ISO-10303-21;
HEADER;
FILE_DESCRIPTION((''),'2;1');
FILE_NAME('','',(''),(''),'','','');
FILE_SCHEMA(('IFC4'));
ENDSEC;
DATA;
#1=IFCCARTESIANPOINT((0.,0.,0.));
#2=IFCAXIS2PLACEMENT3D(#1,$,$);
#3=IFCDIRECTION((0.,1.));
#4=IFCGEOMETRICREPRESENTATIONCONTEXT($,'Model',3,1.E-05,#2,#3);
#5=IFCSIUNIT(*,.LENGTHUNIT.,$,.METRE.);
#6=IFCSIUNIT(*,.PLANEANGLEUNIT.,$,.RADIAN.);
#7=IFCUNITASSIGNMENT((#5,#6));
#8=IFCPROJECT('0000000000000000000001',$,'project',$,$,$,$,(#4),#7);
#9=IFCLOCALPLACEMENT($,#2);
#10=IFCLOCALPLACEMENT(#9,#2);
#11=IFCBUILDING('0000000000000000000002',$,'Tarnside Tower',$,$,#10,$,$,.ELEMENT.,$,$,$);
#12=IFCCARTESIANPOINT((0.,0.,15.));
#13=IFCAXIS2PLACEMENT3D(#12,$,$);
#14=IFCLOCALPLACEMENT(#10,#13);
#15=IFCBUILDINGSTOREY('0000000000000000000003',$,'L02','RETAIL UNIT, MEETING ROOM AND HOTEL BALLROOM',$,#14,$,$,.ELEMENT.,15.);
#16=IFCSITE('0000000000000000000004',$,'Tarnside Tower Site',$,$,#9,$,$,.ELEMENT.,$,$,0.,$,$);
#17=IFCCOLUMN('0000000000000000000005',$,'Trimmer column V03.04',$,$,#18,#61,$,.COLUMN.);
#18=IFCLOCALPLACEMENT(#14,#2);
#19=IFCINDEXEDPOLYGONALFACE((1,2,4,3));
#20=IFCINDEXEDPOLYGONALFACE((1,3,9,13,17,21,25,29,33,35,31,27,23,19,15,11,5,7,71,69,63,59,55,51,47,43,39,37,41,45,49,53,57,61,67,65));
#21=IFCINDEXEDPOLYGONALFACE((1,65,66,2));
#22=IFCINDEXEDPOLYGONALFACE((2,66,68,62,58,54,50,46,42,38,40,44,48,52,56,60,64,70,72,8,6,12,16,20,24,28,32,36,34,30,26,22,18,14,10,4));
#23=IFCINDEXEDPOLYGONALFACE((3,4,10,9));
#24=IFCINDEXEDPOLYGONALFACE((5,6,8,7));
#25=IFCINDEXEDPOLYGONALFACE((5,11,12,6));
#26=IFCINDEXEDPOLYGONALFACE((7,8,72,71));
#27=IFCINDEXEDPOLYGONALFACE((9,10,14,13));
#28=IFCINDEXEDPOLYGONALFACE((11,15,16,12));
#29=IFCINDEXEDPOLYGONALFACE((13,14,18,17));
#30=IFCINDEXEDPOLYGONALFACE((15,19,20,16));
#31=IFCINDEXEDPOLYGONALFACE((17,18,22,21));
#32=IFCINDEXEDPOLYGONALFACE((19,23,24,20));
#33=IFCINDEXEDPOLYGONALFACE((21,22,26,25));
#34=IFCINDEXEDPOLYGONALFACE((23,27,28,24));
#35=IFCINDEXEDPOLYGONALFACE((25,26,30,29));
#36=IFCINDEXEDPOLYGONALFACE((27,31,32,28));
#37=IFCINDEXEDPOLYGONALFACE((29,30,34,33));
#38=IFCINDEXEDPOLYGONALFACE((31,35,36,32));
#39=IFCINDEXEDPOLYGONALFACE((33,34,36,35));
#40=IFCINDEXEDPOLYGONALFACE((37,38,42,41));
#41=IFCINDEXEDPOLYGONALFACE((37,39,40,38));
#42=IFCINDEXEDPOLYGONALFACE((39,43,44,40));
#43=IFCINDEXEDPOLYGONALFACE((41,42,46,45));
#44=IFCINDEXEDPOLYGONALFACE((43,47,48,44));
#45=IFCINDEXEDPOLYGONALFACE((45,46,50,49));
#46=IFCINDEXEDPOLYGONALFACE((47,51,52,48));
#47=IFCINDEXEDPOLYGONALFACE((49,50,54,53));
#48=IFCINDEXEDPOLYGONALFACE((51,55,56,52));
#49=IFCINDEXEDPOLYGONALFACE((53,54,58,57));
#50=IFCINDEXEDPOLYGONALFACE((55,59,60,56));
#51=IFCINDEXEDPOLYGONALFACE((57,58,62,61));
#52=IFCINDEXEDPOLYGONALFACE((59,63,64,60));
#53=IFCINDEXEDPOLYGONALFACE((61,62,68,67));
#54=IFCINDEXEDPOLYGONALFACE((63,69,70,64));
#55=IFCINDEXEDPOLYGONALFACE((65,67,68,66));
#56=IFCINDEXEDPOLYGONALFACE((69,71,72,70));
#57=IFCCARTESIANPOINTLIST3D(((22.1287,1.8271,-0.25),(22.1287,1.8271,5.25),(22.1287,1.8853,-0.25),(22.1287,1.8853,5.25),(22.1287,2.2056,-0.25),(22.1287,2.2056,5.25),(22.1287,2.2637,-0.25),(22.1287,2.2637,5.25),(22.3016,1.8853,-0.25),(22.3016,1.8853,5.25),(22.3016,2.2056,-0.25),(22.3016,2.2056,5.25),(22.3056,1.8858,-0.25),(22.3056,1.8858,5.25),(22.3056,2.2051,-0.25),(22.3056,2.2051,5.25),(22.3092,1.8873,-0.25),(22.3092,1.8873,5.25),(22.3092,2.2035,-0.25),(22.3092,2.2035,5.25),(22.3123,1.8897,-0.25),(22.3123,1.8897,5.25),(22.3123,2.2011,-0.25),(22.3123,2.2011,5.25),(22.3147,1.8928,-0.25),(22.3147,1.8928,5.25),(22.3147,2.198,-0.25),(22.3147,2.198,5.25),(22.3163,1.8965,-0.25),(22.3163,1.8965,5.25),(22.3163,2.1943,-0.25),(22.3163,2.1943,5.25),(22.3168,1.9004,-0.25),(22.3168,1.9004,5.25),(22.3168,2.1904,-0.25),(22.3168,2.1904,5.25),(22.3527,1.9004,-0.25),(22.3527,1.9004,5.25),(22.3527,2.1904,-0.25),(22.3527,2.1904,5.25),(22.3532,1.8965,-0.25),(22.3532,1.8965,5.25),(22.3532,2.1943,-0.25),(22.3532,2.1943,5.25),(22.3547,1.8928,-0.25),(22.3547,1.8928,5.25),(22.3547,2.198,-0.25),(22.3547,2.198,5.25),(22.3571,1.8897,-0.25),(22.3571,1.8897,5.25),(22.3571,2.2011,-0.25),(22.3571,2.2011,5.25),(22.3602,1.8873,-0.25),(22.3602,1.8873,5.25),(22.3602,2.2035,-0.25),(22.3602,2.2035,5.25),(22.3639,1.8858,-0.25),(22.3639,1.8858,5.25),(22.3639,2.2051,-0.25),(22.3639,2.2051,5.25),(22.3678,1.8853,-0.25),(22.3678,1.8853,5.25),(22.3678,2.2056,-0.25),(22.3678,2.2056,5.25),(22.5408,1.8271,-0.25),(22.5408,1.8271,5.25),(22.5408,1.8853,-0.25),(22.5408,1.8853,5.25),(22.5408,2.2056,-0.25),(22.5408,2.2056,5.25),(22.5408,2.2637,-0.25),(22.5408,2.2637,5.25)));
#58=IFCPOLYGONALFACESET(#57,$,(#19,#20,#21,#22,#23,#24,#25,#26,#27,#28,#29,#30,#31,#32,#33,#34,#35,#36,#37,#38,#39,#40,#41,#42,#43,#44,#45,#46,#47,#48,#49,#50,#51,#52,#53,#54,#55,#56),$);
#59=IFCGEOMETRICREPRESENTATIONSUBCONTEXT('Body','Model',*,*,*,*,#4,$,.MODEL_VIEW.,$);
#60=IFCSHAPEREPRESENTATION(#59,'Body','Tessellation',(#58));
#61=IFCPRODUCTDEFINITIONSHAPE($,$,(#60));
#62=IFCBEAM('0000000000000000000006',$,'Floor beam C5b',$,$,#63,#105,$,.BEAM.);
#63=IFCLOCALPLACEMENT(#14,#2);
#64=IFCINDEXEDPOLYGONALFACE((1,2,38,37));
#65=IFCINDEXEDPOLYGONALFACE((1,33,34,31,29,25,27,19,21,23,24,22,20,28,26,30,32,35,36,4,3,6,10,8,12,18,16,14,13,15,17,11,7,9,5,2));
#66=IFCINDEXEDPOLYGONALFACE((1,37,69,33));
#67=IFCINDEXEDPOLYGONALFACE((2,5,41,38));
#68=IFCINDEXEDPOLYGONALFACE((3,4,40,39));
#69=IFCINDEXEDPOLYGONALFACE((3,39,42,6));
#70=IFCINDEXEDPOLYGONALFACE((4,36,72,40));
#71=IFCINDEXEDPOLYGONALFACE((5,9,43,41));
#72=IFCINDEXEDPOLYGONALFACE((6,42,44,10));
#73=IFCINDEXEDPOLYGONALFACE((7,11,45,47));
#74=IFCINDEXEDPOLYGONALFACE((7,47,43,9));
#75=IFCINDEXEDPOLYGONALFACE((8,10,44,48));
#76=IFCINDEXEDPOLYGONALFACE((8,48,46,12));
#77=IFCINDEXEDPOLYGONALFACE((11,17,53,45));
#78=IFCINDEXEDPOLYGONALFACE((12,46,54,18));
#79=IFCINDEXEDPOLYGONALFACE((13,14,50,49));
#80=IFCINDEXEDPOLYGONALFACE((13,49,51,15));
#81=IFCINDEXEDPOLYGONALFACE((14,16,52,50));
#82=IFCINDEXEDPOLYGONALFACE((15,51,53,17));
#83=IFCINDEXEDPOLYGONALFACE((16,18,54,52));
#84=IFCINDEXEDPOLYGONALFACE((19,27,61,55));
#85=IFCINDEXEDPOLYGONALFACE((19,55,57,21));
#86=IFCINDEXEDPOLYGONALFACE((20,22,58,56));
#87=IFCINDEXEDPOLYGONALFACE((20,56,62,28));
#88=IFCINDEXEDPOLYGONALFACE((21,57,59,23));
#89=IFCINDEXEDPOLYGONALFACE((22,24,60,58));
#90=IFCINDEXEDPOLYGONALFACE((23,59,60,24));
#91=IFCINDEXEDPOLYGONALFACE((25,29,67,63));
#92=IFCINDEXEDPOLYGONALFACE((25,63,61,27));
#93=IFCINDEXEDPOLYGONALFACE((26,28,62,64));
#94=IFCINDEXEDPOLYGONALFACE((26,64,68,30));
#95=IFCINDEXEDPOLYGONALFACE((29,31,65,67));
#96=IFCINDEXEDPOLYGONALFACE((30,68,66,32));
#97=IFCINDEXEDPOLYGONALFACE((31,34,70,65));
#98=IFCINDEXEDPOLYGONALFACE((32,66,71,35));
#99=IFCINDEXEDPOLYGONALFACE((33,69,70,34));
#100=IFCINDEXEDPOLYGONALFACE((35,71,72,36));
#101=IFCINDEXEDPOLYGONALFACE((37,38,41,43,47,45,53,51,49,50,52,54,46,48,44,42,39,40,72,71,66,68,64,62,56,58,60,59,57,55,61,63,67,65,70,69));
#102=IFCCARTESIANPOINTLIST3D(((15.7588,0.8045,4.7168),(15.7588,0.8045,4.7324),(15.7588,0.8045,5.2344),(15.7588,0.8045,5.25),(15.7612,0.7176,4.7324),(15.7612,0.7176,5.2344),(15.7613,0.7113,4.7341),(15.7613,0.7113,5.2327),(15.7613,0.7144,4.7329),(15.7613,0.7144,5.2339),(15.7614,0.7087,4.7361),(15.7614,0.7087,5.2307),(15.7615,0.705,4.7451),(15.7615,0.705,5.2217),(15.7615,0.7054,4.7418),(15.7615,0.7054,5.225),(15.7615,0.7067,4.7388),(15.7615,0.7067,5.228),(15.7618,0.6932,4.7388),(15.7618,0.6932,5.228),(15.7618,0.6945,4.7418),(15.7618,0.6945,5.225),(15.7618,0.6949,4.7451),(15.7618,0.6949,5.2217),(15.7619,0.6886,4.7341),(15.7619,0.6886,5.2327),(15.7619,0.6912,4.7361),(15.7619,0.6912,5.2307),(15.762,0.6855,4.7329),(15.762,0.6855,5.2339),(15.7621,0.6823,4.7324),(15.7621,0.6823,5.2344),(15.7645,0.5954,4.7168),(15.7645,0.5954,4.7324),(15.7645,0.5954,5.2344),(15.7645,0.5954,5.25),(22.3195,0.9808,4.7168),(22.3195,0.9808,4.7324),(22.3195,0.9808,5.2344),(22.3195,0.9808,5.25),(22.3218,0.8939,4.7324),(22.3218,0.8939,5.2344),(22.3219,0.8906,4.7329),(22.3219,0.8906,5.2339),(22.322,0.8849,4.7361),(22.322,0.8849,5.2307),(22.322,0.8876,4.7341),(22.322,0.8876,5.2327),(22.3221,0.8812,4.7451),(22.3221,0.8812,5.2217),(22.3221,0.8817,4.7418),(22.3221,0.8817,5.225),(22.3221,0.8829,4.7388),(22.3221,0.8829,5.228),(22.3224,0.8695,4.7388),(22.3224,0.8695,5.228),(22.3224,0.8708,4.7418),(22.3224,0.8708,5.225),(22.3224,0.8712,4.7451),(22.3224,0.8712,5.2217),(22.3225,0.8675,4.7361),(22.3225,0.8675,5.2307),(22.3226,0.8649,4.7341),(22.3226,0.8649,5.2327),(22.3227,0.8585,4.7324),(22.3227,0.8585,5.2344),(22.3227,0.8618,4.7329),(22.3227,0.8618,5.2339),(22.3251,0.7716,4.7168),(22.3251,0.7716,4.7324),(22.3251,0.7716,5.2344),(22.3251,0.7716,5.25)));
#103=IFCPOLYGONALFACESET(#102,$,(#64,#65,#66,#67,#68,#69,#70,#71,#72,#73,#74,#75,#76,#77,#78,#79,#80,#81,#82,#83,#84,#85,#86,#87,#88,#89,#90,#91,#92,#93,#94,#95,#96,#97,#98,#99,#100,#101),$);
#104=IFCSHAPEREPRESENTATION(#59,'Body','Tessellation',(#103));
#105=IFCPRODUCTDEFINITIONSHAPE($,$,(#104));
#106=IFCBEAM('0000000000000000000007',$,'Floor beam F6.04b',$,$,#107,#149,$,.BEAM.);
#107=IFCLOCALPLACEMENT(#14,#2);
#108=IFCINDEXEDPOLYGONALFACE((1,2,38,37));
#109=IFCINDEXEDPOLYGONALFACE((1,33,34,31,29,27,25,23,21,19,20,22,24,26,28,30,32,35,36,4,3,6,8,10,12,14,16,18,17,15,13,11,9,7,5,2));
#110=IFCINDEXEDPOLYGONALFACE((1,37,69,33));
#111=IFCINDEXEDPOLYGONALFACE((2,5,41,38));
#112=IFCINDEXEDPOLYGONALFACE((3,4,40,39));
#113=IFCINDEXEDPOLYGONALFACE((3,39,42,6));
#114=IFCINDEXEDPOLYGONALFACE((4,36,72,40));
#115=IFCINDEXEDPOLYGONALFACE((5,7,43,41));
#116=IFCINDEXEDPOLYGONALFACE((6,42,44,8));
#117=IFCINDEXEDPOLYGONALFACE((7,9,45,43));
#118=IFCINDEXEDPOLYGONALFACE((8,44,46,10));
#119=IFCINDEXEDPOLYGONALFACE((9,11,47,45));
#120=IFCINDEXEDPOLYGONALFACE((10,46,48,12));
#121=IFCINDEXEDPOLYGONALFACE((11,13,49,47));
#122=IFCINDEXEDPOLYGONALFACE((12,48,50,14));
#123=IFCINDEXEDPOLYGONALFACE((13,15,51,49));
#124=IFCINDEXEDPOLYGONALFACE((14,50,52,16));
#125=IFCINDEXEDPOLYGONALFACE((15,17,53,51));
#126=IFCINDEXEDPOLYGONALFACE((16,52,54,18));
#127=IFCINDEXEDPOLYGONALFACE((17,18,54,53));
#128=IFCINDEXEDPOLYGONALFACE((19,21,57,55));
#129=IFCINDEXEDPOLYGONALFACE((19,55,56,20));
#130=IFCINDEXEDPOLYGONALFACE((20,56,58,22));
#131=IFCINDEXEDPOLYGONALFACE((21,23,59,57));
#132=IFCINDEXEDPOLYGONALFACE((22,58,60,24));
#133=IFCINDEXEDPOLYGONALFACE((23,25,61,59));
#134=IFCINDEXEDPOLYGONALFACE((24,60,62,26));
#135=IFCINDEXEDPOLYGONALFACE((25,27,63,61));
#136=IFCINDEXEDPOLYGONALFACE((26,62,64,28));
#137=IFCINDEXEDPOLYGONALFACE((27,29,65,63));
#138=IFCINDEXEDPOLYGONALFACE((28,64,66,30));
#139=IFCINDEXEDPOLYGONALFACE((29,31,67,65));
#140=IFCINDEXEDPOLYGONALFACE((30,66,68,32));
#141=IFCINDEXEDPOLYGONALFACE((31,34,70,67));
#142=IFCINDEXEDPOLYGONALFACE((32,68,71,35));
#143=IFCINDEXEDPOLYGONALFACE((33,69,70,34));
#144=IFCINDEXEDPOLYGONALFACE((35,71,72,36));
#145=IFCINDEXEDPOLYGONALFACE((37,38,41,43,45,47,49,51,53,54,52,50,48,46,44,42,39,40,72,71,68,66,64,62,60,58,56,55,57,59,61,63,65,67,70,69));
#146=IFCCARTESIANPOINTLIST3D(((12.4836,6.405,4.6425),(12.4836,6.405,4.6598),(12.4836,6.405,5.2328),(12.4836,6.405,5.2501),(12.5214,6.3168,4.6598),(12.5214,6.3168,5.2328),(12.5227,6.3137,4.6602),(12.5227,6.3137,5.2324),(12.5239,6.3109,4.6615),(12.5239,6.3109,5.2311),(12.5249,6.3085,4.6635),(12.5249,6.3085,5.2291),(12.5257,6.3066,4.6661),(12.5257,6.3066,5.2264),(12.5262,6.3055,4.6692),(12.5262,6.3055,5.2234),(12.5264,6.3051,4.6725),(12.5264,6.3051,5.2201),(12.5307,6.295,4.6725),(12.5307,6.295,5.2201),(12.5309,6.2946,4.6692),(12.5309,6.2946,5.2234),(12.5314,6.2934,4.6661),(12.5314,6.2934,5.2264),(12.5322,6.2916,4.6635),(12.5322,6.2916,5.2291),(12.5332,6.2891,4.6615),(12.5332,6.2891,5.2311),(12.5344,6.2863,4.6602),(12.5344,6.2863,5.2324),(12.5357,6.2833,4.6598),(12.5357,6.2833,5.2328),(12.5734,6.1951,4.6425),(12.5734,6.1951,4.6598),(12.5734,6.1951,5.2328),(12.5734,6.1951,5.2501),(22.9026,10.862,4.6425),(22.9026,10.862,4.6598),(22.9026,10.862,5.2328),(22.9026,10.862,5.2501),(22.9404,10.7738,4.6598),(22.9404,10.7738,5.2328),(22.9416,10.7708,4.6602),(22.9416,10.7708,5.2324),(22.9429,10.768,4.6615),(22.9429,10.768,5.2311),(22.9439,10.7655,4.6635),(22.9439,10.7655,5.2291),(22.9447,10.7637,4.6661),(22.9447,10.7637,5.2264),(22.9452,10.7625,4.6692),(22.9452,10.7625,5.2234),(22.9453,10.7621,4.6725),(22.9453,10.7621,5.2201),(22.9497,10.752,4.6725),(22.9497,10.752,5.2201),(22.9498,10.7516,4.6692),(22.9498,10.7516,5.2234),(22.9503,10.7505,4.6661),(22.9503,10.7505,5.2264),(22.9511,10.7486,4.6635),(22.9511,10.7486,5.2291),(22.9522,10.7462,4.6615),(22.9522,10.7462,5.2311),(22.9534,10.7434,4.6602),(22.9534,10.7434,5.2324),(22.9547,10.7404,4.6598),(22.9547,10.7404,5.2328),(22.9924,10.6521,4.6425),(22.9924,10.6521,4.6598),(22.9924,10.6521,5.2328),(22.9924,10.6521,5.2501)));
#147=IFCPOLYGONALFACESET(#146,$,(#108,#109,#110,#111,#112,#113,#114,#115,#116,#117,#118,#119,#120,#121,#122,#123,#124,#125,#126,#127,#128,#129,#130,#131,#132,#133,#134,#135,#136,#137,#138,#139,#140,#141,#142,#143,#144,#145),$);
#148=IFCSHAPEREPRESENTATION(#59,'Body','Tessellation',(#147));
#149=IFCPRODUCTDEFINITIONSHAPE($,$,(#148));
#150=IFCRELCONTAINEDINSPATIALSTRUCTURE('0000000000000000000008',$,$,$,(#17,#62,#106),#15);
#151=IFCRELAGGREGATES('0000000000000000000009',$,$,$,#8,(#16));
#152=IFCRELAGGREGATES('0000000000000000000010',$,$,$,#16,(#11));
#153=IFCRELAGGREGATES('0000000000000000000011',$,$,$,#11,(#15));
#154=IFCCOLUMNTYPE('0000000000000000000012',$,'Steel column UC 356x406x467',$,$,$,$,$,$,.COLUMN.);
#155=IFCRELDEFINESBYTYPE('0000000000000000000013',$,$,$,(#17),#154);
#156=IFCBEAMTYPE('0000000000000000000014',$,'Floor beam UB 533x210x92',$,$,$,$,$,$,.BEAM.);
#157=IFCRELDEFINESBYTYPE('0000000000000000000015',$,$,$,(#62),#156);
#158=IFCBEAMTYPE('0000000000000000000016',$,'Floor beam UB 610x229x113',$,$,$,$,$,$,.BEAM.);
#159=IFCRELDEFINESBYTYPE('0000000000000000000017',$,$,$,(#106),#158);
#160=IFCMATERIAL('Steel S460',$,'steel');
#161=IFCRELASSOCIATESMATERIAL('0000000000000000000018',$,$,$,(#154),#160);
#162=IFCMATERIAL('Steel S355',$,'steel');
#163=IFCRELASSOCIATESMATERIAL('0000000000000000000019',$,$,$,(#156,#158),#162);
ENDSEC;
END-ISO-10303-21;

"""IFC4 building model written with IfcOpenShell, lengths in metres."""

from ifc_helpers import new_model, si_unit, direction, frame, origin, origin_2d, place, context, subcontext, project, spatial, i_section, extrude, material, material_profile, profile_set, type_object, element, save


model = new_model("IFC4")

# Units and contexts
model_context = context("Model", 3, precision=1e-05, world=origin(), true_north=direction((0.0, 1.0)))
body_context = subcontext(model_context, "Body", "Model", "MODEL_VIEW")
ifc_project = project(units=[si_unit("LENGTHUNIT", "METRE"), si_unit("PLANEANGLEUNIT", "RADIAN")], contexts=[model_context])

# Site, building, storey
site_placement = place(None, origin())
site = spatial("IfcSite", under=ifc_project, at=site_placement, Name="Tarnside Tower Site", CompositionType="ELEMENT", RefElevation=0.0)
building_placement = place(site_placement, origin())
building = spatial("IfcBuilding", under=site, at=building_placement, Name="Tarnside Tower", CompositionType="ELEMENT")
storey_placement = place(building_placement, frame((0.0, 0.0, 15.0)))
storey = spatial("IfcBuildingStorey", under=building, at=storey_placement, Name="L02", Description="RETAIL UNIT, MEETING ROOM AND HOTEL BALLROOM", CompositionType="ELEMENT", Elevation=15.0)

# Column
ifc_material_1 = material(Name="Steel S460", Category="steel")
ifc_material_profile_1 = material_profile(ifc_material_1, i_section(OverallWidth=0.4121, OverallDepth=0.4365, WebThickness=0.0359, FlangeThickness=0.0581, FilletRadius=0.0151, at=origin_2d()), Name="UC 356x406x467")
ifc_profile_set_1 = profile_set([ifc_material_profile_1], Name="Steel S460")
column_type = type_object("IfcColumnType", Name="Steel column UC 356x406x467", PredefinedType="COLUMN", material=ifc_profile_set_1)
column_placement = place(storey_placement, frame((22.3347, 2.0454, -0.25), z_axis=(0.0, 0.0, 1.0), x_axis=(1.0, 0.0, 0.0)))
element("IfcColumn", 1, at=column_placement, inside=storey, type_object=column_type, Name="Trimmer column V03.04", PredefinedType="COLUMN", context=body_context, shape_type="SweptSolid", body=[
    extrude(i_section(OverallWidth=0.4121, OverallDepth=0.4365, WebThickness=0.0359, FlangeThickness=0.0581, FilletRadius=0.0151, at=origin_2d()), origin(), (0.0, 0.0, 1.0), 5.5),
])

# Beams
ifc_material_2 = material(Name="Steel S355", Category="steel")
ifc_material_profile_2 = material_profile(ifc_material_2, i_section(OverallWidth=0.2092, OverallDepth=0.5332, WebThickness=0.01, FlangeThickness=0.0156, FilletRadius=0.0127, at=origin_2d()), Name="UB 533x210x92")
ifc_profile_set_2 = profile_set([ifc_material_profile_2], Name="Steel S355")
beam_type_1 = type_object("IfcBeamType", Name="Floor beam UB 533x210x92", PredefinedType="BEAM", material=ifc_profile_set_2)
beam_1_placement = place(storey_placement, frame((22.3223, 0.8762, 4.9834), z_axis=(-0.999639, -0.026858, 0.0), x_axis=(0.026858, -0.999639, 0.0)))
element("IfcBeam", 2, at=beam_1_placement, inside=storey, type_object=beam_type_1, Name="Floor beam C5b", PredefinedType="BEAM", context=body_context, shape_type="SweptSolid", body=[
    extrude(i_section(OverallWidth=0.2092, OverallDepth=0.5332, WebThickness=0.01, FlangeThickness=0.0156, FilletRadius=0.0127, at=origin_2d()), origin(), (0.0, 0.0, 1.0), 6.563),
])
ifc_material_profile_3 = material_profile(ifc_material_2, i_section(OverallWidth=0.2283, OverallDepth=0.6077, WebThickness=0.011, FlangeThickness=0.0173, FilletRadius=0.0127, at=origin_2d()), Name="UB 610x229x113")
ifc_profile_set_3 = profile_set([ifc_material_profile_3], Name="Steel S355")
beam_type_2 = type_object("IfcBeamType", Name="Floor beam UB 610x229x113", PredefinedType="BEAM", material=ifc_profile_set_3)
beam_2_placement = place(storey_placement, frame((22.9475, 10.7571, 4.9463), z_axis=(-0.919408, -0.393306, 0.0), x_axis=(0.393306, -0.919408, 0.0)))
element("IfcBeam", 3, at=beam_2_placement, inside=storey, type_object=beam_type_2, Name="Floor beam F6.04b", PredefinedType="BEAM", context=body_context, shape_type="SweptSolid", body=[
    extrude(i_section(OverallWidth=0.2283, OverallDepth=0.6077, WebThickness=0.011, FlangeThickness=0.0173, FilletRadius=0.0127, at=origin_2d()), origin(), (0.0, 0.0, 1.0), 11.3323),
])

save(model, "model.ifc")
